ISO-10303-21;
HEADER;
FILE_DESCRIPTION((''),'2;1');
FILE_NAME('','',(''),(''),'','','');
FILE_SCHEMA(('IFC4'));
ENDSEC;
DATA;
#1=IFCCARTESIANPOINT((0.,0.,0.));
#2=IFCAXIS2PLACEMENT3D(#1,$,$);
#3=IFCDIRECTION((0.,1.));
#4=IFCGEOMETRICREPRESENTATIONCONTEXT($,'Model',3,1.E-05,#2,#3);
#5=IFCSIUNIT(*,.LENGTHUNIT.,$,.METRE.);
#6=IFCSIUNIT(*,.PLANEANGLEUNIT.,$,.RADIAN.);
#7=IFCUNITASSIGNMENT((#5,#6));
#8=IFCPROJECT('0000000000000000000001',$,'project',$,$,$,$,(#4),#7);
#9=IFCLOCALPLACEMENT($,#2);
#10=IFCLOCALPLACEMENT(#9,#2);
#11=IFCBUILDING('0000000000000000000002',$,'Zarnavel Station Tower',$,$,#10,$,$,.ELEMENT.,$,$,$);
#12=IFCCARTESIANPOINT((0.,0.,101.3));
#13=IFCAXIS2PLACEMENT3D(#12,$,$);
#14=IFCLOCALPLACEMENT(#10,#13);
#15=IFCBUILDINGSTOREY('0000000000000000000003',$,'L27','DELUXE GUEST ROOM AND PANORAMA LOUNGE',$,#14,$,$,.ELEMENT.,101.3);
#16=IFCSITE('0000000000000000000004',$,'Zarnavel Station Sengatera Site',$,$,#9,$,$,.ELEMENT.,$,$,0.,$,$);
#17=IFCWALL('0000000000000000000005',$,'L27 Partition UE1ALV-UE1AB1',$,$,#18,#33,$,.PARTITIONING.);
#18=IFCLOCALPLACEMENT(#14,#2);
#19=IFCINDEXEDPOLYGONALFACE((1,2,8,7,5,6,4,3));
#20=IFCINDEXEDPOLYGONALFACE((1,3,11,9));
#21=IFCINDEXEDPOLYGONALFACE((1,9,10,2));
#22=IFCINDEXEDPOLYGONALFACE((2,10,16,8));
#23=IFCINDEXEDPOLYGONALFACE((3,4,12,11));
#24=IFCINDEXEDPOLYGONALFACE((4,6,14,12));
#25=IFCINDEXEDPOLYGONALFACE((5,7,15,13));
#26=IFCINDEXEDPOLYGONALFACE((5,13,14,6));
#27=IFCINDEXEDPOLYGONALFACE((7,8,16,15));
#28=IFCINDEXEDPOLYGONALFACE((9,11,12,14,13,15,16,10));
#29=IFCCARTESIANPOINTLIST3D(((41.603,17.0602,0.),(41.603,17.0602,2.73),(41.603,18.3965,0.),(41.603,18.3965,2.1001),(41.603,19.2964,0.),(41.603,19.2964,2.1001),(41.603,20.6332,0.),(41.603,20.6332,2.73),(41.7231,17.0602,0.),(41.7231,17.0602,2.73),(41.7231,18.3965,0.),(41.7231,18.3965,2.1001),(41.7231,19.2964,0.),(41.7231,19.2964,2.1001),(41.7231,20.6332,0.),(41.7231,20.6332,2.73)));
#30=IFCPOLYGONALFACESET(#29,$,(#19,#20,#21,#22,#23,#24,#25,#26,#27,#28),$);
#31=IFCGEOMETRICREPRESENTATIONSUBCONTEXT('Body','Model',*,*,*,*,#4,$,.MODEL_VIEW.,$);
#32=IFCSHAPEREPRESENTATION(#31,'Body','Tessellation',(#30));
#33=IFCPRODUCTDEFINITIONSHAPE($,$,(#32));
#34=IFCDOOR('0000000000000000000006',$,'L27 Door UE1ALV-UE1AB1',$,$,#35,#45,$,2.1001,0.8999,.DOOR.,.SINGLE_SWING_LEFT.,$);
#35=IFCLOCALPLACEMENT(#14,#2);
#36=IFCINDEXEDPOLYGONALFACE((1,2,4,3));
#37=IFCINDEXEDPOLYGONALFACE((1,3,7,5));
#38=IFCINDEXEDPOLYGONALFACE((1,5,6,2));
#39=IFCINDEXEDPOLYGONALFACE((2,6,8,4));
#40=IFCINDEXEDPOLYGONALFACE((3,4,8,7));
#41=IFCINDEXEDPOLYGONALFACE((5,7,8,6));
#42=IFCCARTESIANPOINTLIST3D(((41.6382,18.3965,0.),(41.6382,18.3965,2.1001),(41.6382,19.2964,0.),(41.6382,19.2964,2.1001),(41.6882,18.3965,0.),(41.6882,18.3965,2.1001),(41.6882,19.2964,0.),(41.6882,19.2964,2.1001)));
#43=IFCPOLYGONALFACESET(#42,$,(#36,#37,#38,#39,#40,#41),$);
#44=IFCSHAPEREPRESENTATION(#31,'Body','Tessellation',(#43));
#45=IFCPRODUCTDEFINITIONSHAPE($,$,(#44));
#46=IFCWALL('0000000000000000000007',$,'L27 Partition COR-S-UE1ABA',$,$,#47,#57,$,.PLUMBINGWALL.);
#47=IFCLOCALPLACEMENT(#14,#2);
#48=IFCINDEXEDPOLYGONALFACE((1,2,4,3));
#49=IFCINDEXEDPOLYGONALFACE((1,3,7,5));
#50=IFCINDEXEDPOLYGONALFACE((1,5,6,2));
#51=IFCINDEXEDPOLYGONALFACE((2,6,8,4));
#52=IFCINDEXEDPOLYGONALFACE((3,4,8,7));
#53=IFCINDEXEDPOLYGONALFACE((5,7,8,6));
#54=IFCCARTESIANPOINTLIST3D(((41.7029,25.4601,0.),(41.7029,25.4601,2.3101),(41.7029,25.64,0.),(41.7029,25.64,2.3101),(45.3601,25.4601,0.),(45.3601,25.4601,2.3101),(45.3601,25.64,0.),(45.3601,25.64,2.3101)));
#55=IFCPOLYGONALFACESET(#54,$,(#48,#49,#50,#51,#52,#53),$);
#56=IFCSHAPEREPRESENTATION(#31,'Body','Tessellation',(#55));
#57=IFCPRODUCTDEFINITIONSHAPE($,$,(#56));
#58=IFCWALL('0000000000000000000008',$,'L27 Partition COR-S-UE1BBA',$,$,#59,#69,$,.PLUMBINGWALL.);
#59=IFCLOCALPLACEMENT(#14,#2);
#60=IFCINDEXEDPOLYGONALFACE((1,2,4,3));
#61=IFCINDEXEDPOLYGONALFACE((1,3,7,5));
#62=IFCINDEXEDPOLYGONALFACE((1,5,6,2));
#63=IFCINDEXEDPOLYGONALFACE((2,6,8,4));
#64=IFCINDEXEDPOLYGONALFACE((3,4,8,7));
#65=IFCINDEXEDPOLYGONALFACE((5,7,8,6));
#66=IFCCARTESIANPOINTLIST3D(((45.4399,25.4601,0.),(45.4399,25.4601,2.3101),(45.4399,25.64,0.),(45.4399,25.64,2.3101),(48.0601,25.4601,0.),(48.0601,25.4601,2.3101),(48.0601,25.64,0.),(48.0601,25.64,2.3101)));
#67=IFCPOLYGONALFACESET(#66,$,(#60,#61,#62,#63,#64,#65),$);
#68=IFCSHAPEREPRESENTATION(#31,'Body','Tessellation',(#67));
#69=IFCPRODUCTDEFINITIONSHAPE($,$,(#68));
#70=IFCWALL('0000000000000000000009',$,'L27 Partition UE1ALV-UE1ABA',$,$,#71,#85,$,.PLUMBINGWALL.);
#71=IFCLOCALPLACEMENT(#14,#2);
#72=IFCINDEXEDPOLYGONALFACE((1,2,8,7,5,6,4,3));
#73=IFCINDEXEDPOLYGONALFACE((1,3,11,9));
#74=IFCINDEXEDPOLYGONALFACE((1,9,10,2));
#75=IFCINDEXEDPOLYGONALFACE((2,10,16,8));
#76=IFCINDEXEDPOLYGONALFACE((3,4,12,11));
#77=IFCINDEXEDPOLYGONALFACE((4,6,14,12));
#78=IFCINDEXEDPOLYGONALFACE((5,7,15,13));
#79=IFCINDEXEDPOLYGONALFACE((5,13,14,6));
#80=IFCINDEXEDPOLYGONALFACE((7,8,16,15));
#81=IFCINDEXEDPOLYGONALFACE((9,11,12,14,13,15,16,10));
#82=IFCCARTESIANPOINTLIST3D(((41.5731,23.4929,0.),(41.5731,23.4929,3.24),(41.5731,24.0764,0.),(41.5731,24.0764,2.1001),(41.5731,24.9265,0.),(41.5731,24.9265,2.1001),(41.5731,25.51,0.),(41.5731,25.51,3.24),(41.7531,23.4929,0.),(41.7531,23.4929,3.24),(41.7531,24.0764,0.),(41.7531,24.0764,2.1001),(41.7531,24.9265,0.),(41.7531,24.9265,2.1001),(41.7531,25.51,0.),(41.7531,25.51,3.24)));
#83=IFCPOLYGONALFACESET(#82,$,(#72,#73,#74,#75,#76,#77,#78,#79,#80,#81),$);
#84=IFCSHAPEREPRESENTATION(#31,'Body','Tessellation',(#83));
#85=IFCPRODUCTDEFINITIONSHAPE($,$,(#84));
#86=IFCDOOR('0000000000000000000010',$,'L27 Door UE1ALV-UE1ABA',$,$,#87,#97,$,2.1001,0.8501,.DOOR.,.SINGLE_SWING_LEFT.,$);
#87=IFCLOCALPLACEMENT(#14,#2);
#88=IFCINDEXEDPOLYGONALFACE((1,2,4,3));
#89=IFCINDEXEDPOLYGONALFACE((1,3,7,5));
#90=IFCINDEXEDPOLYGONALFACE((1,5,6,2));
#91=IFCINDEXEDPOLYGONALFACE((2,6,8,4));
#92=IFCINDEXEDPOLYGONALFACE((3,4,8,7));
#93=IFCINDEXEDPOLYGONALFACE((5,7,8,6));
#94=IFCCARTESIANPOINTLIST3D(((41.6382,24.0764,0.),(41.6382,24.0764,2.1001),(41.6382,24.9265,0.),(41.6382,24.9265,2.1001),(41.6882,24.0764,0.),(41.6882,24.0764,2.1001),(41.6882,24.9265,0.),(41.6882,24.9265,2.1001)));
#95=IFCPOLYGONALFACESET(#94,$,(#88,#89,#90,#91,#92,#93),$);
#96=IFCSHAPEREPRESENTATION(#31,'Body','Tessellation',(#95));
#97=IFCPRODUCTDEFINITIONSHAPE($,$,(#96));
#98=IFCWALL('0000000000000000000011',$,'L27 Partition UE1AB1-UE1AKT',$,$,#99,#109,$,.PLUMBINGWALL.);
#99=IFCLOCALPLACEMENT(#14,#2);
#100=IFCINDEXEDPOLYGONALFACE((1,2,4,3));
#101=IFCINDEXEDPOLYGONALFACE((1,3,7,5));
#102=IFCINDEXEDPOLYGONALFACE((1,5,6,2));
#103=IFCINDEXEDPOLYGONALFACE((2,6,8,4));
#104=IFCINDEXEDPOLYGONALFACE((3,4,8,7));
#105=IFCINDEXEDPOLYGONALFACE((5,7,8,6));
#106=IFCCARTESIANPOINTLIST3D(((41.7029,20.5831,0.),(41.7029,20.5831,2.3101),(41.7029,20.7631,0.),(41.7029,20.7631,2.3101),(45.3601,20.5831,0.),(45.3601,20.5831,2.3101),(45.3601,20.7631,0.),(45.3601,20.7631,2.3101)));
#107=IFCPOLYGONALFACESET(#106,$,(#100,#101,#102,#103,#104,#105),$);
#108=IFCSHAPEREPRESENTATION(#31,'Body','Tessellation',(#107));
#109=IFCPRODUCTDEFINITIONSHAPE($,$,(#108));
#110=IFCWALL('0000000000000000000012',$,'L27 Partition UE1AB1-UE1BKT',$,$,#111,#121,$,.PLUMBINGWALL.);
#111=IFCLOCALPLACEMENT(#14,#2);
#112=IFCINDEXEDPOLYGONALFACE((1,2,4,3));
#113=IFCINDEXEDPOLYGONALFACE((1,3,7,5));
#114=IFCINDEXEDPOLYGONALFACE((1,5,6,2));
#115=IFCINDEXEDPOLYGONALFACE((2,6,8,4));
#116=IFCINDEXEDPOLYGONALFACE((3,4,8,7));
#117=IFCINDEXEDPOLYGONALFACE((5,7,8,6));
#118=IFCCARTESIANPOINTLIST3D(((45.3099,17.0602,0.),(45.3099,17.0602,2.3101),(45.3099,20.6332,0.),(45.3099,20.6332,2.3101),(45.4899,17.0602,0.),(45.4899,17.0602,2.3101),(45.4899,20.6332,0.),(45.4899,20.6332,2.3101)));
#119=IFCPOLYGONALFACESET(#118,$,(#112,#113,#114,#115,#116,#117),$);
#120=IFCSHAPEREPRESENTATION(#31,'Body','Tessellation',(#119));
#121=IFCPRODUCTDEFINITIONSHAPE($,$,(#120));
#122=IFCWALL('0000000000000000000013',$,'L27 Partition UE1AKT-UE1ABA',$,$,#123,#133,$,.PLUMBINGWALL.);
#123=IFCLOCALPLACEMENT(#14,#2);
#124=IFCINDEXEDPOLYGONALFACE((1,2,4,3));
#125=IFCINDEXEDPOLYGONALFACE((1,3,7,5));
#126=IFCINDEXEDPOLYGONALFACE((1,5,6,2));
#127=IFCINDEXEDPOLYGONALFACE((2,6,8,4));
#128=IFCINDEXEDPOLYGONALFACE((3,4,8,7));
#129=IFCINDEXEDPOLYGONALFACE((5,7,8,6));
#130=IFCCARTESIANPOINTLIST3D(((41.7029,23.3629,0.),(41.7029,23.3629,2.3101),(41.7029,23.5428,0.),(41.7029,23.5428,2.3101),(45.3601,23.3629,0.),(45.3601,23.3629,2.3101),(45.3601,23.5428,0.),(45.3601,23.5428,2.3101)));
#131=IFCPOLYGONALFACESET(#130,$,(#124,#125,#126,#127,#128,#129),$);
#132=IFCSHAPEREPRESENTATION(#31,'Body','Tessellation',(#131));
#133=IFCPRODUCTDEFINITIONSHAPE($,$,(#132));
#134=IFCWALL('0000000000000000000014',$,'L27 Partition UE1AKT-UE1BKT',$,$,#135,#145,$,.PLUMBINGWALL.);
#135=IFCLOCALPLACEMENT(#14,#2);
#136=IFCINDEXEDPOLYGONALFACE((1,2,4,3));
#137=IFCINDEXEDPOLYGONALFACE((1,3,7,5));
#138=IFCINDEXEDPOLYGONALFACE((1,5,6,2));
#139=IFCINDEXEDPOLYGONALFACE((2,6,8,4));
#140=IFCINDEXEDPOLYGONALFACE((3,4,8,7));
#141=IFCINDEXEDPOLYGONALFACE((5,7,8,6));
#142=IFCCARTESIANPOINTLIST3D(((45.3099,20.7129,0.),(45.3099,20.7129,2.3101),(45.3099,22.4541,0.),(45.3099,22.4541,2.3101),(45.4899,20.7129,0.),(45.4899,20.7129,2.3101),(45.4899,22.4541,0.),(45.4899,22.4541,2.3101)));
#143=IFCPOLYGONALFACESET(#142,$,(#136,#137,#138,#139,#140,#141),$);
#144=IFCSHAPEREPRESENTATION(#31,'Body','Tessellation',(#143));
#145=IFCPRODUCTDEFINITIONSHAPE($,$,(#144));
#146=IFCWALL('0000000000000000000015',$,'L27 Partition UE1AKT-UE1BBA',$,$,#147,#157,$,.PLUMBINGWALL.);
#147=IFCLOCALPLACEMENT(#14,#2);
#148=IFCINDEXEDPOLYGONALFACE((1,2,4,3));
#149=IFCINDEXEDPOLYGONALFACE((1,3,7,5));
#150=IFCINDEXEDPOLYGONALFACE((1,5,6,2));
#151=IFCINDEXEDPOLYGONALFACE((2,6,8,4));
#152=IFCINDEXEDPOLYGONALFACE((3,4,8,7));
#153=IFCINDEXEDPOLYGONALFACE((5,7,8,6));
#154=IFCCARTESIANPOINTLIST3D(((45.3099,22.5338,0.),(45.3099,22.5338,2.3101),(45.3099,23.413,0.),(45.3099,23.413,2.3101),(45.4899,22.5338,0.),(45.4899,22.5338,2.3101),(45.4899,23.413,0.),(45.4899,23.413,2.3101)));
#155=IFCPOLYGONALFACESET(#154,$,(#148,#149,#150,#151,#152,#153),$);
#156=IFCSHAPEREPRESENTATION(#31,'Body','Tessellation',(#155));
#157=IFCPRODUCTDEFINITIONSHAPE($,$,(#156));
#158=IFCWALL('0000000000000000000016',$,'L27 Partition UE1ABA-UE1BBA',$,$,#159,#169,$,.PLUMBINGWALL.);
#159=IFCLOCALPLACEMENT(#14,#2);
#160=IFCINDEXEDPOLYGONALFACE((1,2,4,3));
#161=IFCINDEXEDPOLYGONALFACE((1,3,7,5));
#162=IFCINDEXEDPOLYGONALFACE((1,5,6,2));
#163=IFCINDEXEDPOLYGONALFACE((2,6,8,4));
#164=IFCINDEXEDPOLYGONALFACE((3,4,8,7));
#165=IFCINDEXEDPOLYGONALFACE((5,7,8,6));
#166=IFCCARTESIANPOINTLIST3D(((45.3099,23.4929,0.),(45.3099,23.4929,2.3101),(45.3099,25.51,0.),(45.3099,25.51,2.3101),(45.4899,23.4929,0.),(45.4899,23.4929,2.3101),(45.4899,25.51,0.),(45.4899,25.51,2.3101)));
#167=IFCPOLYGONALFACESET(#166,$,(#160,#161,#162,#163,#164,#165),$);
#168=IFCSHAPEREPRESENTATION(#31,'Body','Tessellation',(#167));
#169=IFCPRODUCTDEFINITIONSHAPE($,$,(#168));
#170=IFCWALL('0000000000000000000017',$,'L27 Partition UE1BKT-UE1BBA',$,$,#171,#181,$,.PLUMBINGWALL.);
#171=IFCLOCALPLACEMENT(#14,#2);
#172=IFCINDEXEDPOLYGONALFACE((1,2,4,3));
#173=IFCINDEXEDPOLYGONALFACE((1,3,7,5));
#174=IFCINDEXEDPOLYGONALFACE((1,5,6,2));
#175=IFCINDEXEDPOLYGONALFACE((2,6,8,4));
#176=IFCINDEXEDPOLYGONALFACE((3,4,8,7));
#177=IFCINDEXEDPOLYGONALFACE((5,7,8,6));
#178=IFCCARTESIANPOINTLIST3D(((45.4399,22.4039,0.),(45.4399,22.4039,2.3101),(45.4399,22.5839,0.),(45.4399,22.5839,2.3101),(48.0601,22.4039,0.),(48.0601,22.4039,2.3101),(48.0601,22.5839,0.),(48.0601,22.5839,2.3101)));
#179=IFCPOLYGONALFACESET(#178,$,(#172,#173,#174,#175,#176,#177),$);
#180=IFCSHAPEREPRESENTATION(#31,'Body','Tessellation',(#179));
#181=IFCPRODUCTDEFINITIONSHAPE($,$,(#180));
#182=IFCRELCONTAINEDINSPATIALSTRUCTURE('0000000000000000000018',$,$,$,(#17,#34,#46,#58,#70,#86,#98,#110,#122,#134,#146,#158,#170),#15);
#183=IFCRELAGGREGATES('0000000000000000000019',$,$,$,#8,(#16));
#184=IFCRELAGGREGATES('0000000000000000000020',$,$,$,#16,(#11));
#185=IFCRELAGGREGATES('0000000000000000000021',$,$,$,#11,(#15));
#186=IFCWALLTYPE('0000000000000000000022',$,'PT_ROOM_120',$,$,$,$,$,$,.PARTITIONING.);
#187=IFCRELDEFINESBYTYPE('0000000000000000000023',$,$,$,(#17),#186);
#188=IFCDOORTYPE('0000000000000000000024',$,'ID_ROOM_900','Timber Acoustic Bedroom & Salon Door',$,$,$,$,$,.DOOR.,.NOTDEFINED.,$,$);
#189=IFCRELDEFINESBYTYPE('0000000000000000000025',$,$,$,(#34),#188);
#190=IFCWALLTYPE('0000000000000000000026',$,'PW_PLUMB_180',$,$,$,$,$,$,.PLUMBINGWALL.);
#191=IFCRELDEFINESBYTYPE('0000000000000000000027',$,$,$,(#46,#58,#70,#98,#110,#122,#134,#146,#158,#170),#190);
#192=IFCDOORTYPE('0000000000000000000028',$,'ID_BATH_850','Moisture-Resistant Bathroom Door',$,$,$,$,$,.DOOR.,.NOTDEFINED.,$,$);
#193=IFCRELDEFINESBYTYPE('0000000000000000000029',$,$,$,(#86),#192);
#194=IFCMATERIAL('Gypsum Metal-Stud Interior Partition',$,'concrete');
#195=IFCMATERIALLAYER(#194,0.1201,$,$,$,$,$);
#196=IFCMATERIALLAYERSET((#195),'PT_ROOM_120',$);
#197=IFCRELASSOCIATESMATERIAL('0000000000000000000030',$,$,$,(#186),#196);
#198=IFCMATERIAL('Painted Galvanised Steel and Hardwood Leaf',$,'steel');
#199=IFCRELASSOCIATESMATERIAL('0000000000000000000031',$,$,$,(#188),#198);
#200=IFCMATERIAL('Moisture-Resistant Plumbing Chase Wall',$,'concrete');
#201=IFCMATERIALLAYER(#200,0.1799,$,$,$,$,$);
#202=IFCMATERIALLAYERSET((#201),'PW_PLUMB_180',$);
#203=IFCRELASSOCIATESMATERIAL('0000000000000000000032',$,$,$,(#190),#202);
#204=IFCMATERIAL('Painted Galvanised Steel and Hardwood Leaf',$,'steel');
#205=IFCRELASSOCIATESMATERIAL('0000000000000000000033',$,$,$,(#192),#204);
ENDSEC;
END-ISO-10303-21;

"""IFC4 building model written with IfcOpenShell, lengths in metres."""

from ifc_helpers import new_model, si_unit, direction, frame, frame_2d, origin, place, context, subcontext, project, spatial, rectangle, extrude, material, layer, layer_set, type_object, element, fill, save


model = new_model("IFC4")

# Units and contexts
model_context = context("Model", 3, precision=1e-05, world=origin(), true_north=direction((0.0, 1.0)))
body_context = subcontext(model_context, "Body", "Model", "MODEL_VIEW")
ifc_project = project(units=[si_unit("LENGTHUNIT", "METRE"), si_unit("PLANEANGLEUNIT", "RADIAN")], contexts=[model_context])

# Site, building, storey
site_placement = place(None, origin())
site = spatial("IfcSite", under=ifc_project, at=site_placement, Name="Zarnavel Station Sengatera Site", CompositionType="ELEMENT", RefElevation=0.0)
building_placement = place(site_placement, origin())
building = spatial("IfcBuilding", under=site, at=building_placement, Name="Zarnavel Station Tower", CompositionType="ELEMENT")
storey_placement = place(building_placement, frame((0.0, 0.0, 101.3)))
storey = spatial("IfcBuildingStorey", under=building, at=storey_placement, Name="L27", Description="DELUXE GUEST ROOM AND PANORAMA LOUNGE", CompositionType="ELEMENT", Elevation=101.3)

# Wall, opening, door
ifc_material_1 = material(Name="Gypsum Metal-Stud Interior Partition", Category="concrete")
ifc_layer_1 = layer(ifc_material_1, 0.1201)
ifc_layer_set_1 = layer_set([ifc_layer_1], Name="PT_ROOM_120")
wall_type_1 = type_object("IfcWallType", Name="PT_ROOM_120", PredefinedType="PARTITIONING", material=ifc_layer_set_1)
wall_1_placement = place(storey_placement, frame((41.6631, 17.0601, 0.0), z_axis=(0.0, 0.0, 1.0), x_axis=(0.0, 1.0, 0.0)))
wall_1 = element("IfcWall", 1, at=wall_1_placement, inside=storey, type_object=wall_type_1, Name="L27 Partition UE1ALV-UE1AB1", PredefinedType="PARTITIONING", context=body_context, shape_type="SweptSolid", body=[
    extrude(rectangle(XDim=3.573, YDim=0.1201, at=frame_2d((1.7866, 0.0))), origin(), (0.0, 0.0, 1.0), 2.73),
])
opening_1_placement = place(wall_1_placement, frame((1.3364, 0.0, 0.0)))
opening_1 = element("IfcOpeningElement", 2, at=opening_1_placement, cuts=wall_1, PredefinedType="OPENING", context=body_context, shape_type="SweptSolid", body=[
    extrude(rectangle(XDim=0.8999, YDim=2.1001, at=frame_2d((0.45, 1.05))), frame((0.0, 0.0701, 0.0), z_axis=(0.0, -1.0, 0.0), x_axis=(1.0, 0.0, 0.0)), (0.0, 0.0, 1.0), 0.1401),
])
ifc_material_2 = material(Name="Painted Galvanised Steel and Hardwood Leaf", Category="steel")
door_type_1 = type_object("IfcDoorType", Name="ID_ROOM_900", Description="Timber Acoustic Bedroom & Salon Door", OperationType="NOTDEFINED", PredefinedType="DOOR", material=ifc_material_2)
door_1_placement = place(opening_1_placement, origin())
door_1 = element("IfcDoor", 3, at=door_1_placement, inside=storey, type_object=door_type_1, Name="L27 Door UE1ALV-UE1AB1", OperationType="SINGLE_SWING_LEFT", OverallHeight=2.1001, OverallWidth=0.8999, PredefinedType="DOOR", context=body_context, shape_type="SweptSolid", body=[
    extrude(rectangle(XDim=0.8999, YDim=2.1001, at=frame_2d((0.45, 1.05))), frame((0.0, 0.0249, 0.0), z_axis=(0.0, -1.0, 0.0), x_axis=(1.0, 0.0, 0.0)), (0.0, 0.0, 1.0), 0.05),
])
fill(opening_1, door_1)

# Walls
ifc_material_3 = material(Name="Moisture-Resistant Plumbing Chase Wall", Category="concrete")
ifc_layer_2 = layer(ifc_material_3, 0.1799)
ifc_layer_set_2 = layer_set([ifc_layer_2], Name="PW_PLUMB_180")
wall_type_2 = type_object("IfcWallType", Name="PW_PLUMB_180", PredefinedType="PLUMBINGWALL", material=ifc_layer_set_2)
wall_2_placement = place(storey_placement, frame((41.7029, 25.55, 0.0), z_axis=(0.0, 0.0, 1.0), x_axis=(1.0, 0.0, 0.0)))
element("IfcWall", 4, at=wall_2_placement, inside=storey, type_object=wall_type_2, Name="L27 Partition COR-S-UE1ABA", PredefinedType="PLUMBINGWALL", context=body_context, shape_type="SweptSolid", body=[
    extrude(rectangle(XDim=3.6572, YDim=0.1799, at=frame_2d((1.8286, 0.0))), origin(), (0.0, 0.0, 1.0), 2.3101),
])
wall_3_placement = place(storey_placement, frame((45.4399, 25.55, 0.0), z_axis=(0.0, 0.0, 1.0), x_axis=(1.0, 0.0, 0.0)))
element("IfcWall", 5, at=wall_3_placement, inside=storey, type_object=wall_type_2, Name="L27 Partition COR-S-UE1BBA", PredefinedType="PLUMBINGWALL", context=body_context, shape_type="SweptSolid", body=[
    extrude(rectangle(XDim=2.6201, YDim=0.1799, at=frame_2d((1.3101, 0.0))), origin(), (0.0, 0.0, 1.0), 2.3101),
])

# Wall, opening, door
wall_4_placement = place(storey_placement, frame((41.6631, 23.4929, 0.0), z_axis=(0.0, 0.0, 1.0), x_axis=(0.0, 1.0, 0.0)))
wall_4 = element("IfcWall", 6, at=wall_4_placement, inside=storey, type_object=wall_type_2, Name="L27 Partition UE1ALV-UE1ABA", PredefinedType="PLUMBINGWALL", context=body_context, shape_type="SweptSolid", body=[
    extrude(rectangle(XDim=2.0171, YDim=0.1799, at=frame_2d((1.0085, 0.0))), origin(), (0.0, 0.0, 1.0), 3.24),
])
opening_2_placement = place(wall_4_placement, frame((0.5835, 0.0, 0.0)))
opening_2 = element("IfcOpeningElement", 7, at=opening_2_placement, cuts=wall_4, PredefinedType="OPENING", context=body_context, shape_type="SweptSolid", body=[
    extrude(rectangle(XDim=0.8501, YDim=2.1001, at=frame_2d((0.425, 1.05))), frame((0.0, 0.0999, 0.0), z_axis=(0.0, -1.0, 0.0), x_axis=(1.0, 0.0, 0.0)), (0.0, 0.0, 1.0), 0.2),
])
ifc_material_4 = material(Name="Painted Galvanised Steel and Hardwood Leaf", Category="steel")
door_type_2 = type_object("IfcDoorType", Name="ID_BATH_850", Description="Moisture-Resistant Bathroom Door", OperationType="NOTDEFINED", PredefinedType="DOOR", material=ifc_material_4)
door_2_placement = place(opening_2_placement, origin())
door_2 = element("IfcDoor", 8, at=door_2_placement, inside=storey, type_object=door_type_2, Name="L27 Door UE1ALV-UE1ABA", OperationType="SINGLE_SWING_LEFT", OverallHeight=2.1001, OverallWidth=0.8501, PredefinedType="DOOR", context=body_context, shape_type="SweptSolid", body=[
    extrude(rectangle(XDim=0.8501, YDim=2.1001, at=frame_2d((0.425, 1.05))), frame((0.0, 0.0249, 0.0), z_axis=(0.0, -1.0, 0.0), x_axis=(1.0, 0.0, 0.0)), (0.0, 0.0, 1.0), 0.05),
])
fill(opening_2, door_2)

# Walls
wall_5_placement = place(storey_placement, frame((41.7029, 20.6731, 0.0), z_axis=(0.0, 0.0, 1.0), x_axis=(1.0, 0.0, 0.0)))
element("IfcWall", 9, at=wall_5_placement, inside=storey, type_object=wall_type_2, Name="L27 Partition UE1AB1-UE1AKT", PredefinedType="PLUMBINGWALL", context=body_context, shape_type="SweptSolid", body=[
    extrude(rectangle(XDim=3.6572, YDim=0.1799, at=frame_2d((1.8286, 0.0))), origin(), (0.0, 0.0, 1.0), 2.3101),
])
wall_6_placement = place(storey_placement, frame((45.3999, 17.0601, 0.0), z_axis=(0.0, 0.0, 1.0), x_axis=(0.0, 1.0, 0.0)))
element("IfcWall", 10, at=wall_6_placement, inside=storey, type_object=wall_type_2, Name="L27 Partition UE1AB1-UE1BKT", PredefinedType="PLUMBINGWALL", context=body_context, shape_type="SweptSolid", body=[
    extrude(rectangle(XDim=3.573, YDim=0.1799, at=frame_2d((1.7866, 0.0))), origin(), (0.0, 0.0, 1.0), 2.3101),
])
wall_7_placement = place(storey_placement, frame((41.7029, 23.4529, 0.0), z_axis=(0.0, 0.0, 1.0), x_axis=(1.0, 0.0, 0.0)))
element("IfcWall", 11, at=wall_7_placement, inside=storey, type_object=wall_type_2, Name="L27 Partition UE1AKT-UE1ABA", PredefinedType="PLUMBINGWALL", context=body_context, shape_type="SweptSolid", body=[
    extrude(rectangle(XDim=3.6572, YDim=0.1799, at=frame_2d((1.8286, 0.0))), origin(), (0.0, 0.0, 1.0), 2.3101),
])
wall_8_placement = place(storey_placement, frame((45.3999, 20.7129, 0.0), z_axis=(0.0, 0.0, 1.0), x_axis=(0.0, 1.0, 0.0)))
element("IfcWall", 12, at=wall_8_placement, inside=storey, type_object=wall_type_2, Name="L27 Partition UE1AKT-UE1BKT", PredefinedType="PLUMBINGWALL", context=body_context, shape_type="SweptSolid", body=[
    extrude(rectangle(XDim=1.7412, YDim=0.1799, at=frame_2d((0.8706, 0.0))), origin(), (0.0, 0.0, 1.0), 2.3101),
])
wall_9_placement = place(storey_placement, frame((45.3999, 22.5339, 0.0), z_axis=(0.0, 0.0, 1.0), x_axis=(0.0, 1.0, 0.0)))
element("IfcWall", 13, at=wall_9_placement, inside=storey, type_object=wall_type_2, Name="L27 Partition UE1AKT-UE1BBA", PredefinedType="PLUMBINGWALL", context=body_context, shape_type="SweptSolid", body=[
    extrude(rectangle(XDim=0.8792, YDim=0.1799, at=frame_2d((0.4395, 0.0))), origin(), (0.0, 0.0, 1.0), 2.3101),
])
wall_10_placement = place(storey_placement, frame((45.3999, 23.4929, 0.0), z_axis=(0.0, 0.0, 1.0), x_axis=(0.0, 1.0, 0.0)))
element("IfcWall", 14, at=wall_10_placement, inside=storey, type_object=wall_type_2, Name="L27 Partition UE1ABA-UE1BBA", PredefinedType="PLUMBINGWALL", context=body_context, shape_type="SweptSolid", body=[
    extrude(rectangle(XDim=2.0171, YDim=0.1799, at=frame_2d((1.0085, 0.0))), origin(), (0.0, 0.0, 1.0), 2.3101),
])
wall_11_placement = place(storey_placement, frame((45.4399, 22.4939, 0.0), z_axis=(0.0, 0.0, 1.0), x_axis=(1.0, 0.0, 0.0)))
element("IfcWall", 15, at=wall_11_placement, inside=storey, type_object=wall_type_2, Name="L27 Partition UE1BKT-UE1BBA", PredefinedType="PLUMBINGWALL", context=body_context, shape_type="SweptSolid", body=[
    extrude(rectangle(XDim=2.6201, YDim=0.1799, at=frame_2d((1.3101, 0.0))), origin(), (0.0, 0.0, 1.0), 2.3101),
])

save(model, "model.ifc")
